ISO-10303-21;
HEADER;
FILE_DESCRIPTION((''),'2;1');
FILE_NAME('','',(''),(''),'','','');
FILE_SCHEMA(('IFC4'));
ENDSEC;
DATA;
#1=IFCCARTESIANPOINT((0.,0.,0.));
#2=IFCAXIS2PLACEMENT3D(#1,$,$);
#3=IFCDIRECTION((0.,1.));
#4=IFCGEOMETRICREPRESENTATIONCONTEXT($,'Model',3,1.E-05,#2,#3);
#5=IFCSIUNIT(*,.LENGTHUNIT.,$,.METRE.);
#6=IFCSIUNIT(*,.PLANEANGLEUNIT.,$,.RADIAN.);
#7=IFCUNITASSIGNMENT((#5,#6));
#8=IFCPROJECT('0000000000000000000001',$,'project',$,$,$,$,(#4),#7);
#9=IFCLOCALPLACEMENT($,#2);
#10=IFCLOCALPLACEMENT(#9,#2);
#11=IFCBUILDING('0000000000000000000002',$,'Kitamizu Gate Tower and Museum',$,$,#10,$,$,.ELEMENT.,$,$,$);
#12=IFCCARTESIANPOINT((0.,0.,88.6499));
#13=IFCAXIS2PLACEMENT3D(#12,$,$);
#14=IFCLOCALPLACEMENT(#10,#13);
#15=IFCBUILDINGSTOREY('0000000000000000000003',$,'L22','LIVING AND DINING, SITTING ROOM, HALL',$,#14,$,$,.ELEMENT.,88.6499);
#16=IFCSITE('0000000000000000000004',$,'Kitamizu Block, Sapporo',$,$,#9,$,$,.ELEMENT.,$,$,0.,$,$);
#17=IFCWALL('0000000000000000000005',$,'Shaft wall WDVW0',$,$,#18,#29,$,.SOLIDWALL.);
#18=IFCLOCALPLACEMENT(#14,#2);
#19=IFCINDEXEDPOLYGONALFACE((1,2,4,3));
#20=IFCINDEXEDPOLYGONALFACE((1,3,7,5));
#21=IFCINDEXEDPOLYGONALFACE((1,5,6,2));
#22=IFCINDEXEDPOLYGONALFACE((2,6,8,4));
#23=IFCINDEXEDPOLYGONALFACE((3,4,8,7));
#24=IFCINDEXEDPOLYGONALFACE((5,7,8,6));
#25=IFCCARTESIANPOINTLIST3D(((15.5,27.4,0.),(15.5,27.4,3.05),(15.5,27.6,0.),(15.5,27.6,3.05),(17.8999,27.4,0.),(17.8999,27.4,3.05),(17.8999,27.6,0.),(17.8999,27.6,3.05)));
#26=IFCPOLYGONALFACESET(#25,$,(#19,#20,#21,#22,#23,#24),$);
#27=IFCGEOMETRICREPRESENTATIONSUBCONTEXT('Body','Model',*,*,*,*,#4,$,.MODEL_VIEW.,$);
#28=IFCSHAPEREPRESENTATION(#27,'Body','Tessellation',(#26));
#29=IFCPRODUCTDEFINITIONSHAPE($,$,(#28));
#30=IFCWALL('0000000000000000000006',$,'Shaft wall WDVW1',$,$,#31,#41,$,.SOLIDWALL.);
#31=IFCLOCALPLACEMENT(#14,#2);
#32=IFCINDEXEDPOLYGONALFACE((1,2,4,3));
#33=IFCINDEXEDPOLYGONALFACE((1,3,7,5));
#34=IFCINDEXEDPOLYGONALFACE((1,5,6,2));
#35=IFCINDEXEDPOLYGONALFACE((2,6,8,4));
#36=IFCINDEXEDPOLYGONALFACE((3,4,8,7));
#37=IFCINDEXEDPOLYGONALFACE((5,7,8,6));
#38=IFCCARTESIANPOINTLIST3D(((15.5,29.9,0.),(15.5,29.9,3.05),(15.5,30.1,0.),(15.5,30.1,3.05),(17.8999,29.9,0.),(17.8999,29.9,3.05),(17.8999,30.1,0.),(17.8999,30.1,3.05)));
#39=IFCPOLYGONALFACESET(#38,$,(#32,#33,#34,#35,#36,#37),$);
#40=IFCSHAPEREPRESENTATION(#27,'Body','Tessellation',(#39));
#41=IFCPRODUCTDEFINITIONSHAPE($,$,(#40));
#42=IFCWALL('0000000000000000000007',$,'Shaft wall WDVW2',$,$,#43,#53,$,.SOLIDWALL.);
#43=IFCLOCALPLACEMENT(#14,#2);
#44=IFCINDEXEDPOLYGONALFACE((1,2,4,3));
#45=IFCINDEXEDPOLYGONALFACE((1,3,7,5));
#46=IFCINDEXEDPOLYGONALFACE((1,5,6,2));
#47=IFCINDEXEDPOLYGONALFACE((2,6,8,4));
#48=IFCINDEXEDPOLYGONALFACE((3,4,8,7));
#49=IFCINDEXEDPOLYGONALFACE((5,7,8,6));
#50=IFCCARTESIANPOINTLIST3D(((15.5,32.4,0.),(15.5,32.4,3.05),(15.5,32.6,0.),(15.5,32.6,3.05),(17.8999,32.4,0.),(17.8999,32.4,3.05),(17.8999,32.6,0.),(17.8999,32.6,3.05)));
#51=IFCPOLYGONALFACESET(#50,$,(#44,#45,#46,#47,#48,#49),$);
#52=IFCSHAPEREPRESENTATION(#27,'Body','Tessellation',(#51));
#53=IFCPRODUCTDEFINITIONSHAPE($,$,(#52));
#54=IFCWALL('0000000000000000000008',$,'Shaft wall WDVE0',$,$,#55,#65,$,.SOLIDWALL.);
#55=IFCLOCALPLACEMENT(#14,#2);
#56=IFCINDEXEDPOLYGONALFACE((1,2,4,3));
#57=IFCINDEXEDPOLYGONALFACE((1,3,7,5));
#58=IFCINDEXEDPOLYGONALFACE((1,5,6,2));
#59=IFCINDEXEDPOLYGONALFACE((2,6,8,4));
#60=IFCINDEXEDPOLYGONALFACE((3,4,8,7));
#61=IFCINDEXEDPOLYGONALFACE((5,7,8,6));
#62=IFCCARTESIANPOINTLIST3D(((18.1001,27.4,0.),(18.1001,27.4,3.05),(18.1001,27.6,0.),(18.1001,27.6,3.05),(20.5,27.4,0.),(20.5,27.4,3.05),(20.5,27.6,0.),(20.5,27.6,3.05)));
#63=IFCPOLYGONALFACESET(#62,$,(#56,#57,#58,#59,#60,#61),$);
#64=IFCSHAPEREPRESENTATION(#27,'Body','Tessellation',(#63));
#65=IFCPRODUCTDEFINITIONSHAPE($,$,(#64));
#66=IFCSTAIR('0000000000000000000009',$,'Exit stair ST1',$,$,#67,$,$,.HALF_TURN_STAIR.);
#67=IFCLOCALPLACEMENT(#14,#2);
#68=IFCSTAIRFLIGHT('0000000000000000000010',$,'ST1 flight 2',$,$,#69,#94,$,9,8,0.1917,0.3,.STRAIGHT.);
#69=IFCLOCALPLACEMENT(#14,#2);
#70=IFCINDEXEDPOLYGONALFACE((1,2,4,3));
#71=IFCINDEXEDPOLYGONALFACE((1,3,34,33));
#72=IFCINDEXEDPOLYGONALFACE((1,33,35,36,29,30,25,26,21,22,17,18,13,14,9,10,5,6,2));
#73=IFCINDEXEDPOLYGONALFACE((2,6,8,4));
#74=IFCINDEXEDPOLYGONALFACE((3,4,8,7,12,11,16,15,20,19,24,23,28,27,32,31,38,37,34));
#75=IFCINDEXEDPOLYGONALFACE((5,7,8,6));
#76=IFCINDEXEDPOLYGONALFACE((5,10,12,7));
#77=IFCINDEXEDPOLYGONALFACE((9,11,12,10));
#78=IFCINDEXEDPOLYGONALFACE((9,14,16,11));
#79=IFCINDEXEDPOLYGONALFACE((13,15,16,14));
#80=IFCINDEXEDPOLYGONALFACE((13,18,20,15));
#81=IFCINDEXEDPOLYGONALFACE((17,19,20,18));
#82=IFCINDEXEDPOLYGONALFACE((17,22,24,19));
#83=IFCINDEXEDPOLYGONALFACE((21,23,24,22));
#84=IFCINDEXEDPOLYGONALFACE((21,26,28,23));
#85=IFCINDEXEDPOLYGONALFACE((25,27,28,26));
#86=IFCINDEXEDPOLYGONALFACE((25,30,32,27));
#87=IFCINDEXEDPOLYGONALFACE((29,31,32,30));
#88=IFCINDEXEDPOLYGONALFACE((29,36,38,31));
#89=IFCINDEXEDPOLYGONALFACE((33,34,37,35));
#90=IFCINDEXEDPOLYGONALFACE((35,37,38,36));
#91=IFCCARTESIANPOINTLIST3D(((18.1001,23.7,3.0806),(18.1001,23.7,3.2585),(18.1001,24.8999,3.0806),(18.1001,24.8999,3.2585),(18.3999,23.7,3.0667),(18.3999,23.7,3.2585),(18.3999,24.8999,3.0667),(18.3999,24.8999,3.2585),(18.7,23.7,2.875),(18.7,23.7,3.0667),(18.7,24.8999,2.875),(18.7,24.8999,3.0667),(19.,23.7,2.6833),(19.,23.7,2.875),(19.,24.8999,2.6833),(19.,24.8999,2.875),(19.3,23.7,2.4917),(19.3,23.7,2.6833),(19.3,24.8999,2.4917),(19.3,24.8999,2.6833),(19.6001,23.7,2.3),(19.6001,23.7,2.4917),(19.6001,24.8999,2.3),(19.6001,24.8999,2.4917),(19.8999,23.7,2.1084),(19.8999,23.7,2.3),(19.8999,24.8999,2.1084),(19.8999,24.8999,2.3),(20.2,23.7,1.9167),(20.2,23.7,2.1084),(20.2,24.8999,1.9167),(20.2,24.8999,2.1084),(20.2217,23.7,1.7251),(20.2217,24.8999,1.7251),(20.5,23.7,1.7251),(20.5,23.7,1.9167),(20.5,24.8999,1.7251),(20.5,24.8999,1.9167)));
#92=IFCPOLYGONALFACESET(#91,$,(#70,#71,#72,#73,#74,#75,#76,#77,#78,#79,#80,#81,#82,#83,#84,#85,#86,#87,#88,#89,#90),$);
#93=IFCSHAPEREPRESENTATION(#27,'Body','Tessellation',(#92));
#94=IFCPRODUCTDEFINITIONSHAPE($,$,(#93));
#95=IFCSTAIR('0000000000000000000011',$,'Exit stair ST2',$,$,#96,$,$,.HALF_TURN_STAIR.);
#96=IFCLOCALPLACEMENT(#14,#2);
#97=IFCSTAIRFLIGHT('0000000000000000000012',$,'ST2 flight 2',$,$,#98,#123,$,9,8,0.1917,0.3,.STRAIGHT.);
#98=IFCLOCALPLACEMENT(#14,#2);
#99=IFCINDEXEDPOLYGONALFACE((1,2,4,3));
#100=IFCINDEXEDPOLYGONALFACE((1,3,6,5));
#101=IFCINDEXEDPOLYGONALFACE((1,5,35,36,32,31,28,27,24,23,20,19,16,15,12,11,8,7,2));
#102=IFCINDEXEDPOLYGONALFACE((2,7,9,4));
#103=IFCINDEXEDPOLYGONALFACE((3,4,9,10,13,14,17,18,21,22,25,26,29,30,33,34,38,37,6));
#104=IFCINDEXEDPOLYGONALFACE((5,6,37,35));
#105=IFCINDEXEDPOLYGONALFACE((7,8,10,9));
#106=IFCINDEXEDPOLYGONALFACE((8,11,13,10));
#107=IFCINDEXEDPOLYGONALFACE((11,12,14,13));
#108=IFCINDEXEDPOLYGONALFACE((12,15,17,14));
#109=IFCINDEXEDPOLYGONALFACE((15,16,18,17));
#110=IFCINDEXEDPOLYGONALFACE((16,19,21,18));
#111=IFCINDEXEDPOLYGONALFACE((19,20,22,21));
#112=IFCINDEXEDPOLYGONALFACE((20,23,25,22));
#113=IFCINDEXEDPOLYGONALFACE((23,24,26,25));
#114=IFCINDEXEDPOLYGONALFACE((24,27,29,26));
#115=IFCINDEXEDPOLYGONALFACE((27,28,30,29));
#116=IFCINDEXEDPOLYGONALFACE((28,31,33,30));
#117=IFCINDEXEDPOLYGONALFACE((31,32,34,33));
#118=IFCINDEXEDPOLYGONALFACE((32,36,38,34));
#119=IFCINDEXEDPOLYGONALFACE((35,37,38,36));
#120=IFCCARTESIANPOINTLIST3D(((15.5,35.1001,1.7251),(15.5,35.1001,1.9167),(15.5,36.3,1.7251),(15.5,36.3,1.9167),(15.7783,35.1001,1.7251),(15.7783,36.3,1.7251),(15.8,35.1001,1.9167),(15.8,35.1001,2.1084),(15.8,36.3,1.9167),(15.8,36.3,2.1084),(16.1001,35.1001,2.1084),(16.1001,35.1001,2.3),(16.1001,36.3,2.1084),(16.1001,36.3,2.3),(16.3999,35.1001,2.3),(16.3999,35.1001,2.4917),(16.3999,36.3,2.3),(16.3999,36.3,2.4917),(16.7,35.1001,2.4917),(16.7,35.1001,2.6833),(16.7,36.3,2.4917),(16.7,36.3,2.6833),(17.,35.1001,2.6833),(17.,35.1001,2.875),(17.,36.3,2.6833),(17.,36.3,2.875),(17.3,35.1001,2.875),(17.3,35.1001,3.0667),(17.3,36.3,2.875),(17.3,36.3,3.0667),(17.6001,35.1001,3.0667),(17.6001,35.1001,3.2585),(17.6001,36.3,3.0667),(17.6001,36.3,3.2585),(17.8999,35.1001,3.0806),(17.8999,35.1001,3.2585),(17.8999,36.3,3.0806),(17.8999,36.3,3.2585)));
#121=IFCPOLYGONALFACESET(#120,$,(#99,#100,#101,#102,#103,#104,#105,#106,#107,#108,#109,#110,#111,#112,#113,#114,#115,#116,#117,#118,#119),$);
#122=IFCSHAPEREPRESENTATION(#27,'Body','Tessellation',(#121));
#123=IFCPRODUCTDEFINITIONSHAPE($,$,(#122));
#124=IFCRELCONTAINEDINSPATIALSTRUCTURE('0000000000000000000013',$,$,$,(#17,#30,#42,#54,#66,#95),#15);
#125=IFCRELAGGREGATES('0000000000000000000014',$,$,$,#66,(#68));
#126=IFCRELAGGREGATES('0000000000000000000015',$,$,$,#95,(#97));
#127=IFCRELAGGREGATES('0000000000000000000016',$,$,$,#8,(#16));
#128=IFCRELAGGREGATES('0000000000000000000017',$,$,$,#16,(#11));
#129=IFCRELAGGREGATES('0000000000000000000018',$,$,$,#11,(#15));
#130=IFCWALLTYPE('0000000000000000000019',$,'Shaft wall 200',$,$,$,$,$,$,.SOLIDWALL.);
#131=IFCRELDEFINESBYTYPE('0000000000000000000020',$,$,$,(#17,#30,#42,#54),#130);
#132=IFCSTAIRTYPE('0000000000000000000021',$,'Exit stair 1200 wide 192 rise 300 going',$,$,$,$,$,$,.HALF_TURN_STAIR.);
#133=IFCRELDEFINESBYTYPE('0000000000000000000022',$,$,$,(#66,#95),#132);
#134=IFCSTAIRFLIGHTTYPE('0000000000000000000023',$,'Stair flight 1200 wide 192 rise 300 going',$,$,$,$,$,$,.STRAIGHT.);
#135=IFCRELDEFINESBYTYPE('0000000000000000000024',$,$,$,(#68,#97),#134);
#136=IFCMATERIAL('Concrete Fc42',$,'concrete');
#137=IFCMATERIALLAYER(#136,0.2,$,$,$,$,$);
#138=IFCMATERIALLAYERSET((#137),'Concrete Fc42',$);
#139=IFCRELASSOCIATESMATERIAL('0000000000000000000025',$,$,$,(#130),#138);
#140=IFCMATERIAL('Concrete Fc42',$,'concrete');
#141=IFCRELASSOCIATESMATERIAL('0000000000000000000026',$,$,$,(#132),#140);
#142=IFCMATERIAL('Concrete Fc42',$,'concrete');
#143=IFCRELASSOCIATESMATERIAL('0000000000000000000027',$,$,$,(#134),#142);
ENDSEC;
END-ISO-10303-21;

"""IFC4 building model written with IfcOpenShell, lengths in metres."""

from ifc_helpers import new_model, si_unit, direction, frame, frame_2d, origin, place, context, subcontext, project, spatial, polyline, rectangle, outline, extrude, material, layer, layer_set, type_object, element, aggregate, save


model = new_model("IFC4")

# Units and contexts
model_context = context("Model", 3, precision=1e-05, world=origin(), true_north=direction((0.0, 1.0)))
body_context = subcontext(model_context, "Body", "Model", "MODEL_VIEW")
ifc_project = project(units=[si_unit("LENGTHUNIT", "METRE"), si_unit("PLANEANGLEUNIT", "RADIAN")], contexts=[model_context])

# Site, building, storey
site_placement = place(None, origin())
site = spatial("IfcSite", under=ifc_project, at=site_placement, Name="Kitamizu Block, Sapporo", CompositionType="ELEMENT", RefElevation=0.0)
building_placement = place(site_placement, origin())
building = spatial("IfcBuilding", under=site, at=building_placement, Name="Kitamizu Gate Tower and Museum", CompositionType="ELEMENT")
storey_placement = place(building_placement, frame((0.0, 0.0, 88.6499)))
storey = spatial("IfcBuildingStorey", under=building, at=storey_placement, Name="L22", Description="LIVING AND DINING, SITTING ROOM, HALL", CompositionType="ELEMENT", Elevation=88.6499)

# Shared definitions
ifc_material_1 = material(Name="Concrete Fc42", Category="concrete")
ifc_layer = layer(ifc_material_1, 0.2)
ifc_layer_set = layer_set([ifc_layer], Name="Concrete Fc42")
wall_type = type_object("IfcWallType", Name="Shaft wall 200", PredefinedType="SOLIDWALL", material=ifc_layer_set)

# Walls
for number, where, z_axis, x_axis, name in (
    (1, (15.5, 27.5, 0.0), (0.0, 0.0, 1.0), (1.0, 0.0, 0.0), "Shaft wall WDVW0"),
    (2, (15.5, 30.0, 0.0), (0.0, 0.0, 1.0), (1.0, 0.0, 0.0), "Shaft wall WDVW1"),
    (3, (15.5, 32.5, 0.0), (0.0, 0.0, 1.0), (1.0, 0.0, 0.0), "Shaft wall WDVW2"),
    (4, (18.1001, 27.5, 0.0), (0.0, 0.0, 1.0), (1.0, 0.0, 0.0), "Shaft wall WDVE0"),
):
    element("IfcWall", number, at=place(storey_placement, frame(where, z_axis=z_axis, x_axis=x_axis)), inside=storey, type_object=wall_type, Name=name, PredefinedType="SOLIDWALL", context=body_context, shape_type="SweptSolid", body=[
        extrude(rectangle(XDim=2.3999, YDim=0.2, at=frame_2d((1.2, 0.0))), origin(), (0.0, 0.0, 1.0), 3.05),
    ])

# Stairs, stair flights
ifc_material_2 = material(Name="Concrete Fc42", Category="concrete")
stair_type = type_object("IfcStairType", Name="Exit stair 1200 wide 192 rise 300 going", PredefinedType="HALF_TURN_STAIR", material=ifc_material_2)
stair_1_placement = place(storey_placement, origin())
stair_1 = element("IfcStair", 5, at=stair_1_placement, inside=storey, type_object=stair_type, Name="Exit stair ST1", PredefinedType="HALF_TURN_STAIR")
ifc_material_3 = material(Name="Concrete Fc42", Category="concrete")
stair_flight_type = type_object("IfcStairFlightType", Name="Stair flight 1200 wide 192 rise 300 going", PredefinedType="STRAIGHT", material=ifc_material_3)
stair_flight_1_placement = place(storey_placement, frame((20.5, 24.3, 1.7251), z_axis=(0.0, 0.0, 1.0), x_axis=(-1.0, 0.0, 0.0)))
stair_flight_1 = element("IfcStairFlight", 6, at=stair_flight_1_placement, type_object=stair_flight_type, Name="ST1 flight 2", NumberOfRisers=9, NumberOfTreads=8, PredefinedType="STRAIGHT", RiserHeight=0.1917, TreadLength=0.3, context=body_context, shape_type="SweptSolid", body=[
    extrude(outline(polyline([(0.0, 0.0), (0.0, 0.1917), (0.3, 0.1917), (0.3, 0.3833), (0.6001, 0.3833), (0.6001, 0.575), (0.8999, 0.575), (0.8999, 0.7666), (1.2, 0.7666), (1.2, 0.9583), (1.5, 0.9583), (1.5, 1.1499), (1.8, 1.1499), (1.8, 1.3416), (2.1001, 1.3416), (2.1001, 1.5334), (2.3999, 1.5334), (2.3999, 1.7251), (2.3999, 1.3555), (0.2783, 0.0), (0.0, 0.0)])), frame((0.0, 0.6001, 0.0), z_axis=(0.0, -1.0, 0.0), x_axis=(1.0, 0.0, 0.0)), (0.0, 0.0, 1.0), 1.2),
])
aggregate(stair_1, [stair_flight_1])
stair_2_placement = place(storey_placement, origin())
stair_2 = element("IfcStair", 7, at=stair_2_placement, inside=storey, type_object=stair_type, Name="Exit stair ST2", PredefinedType="HALF_TURN_STAIR")
stair_flight_2_placement = place(storey_placement, frame((15.5, 35.7, 1.7251), z_axis=(0.0, 0.0, 1.0), x_axis=(1.0, 0.0, 0.0)))
stair_flight_2 = element("IfcStairFlight", 8, at=stair_flight_2_placement, type_object=stair_flight_type, Name="ST2 flight 2", NumberOfRisers=9, NumberOfTreads=8, PredefinedType="STRAIGHT", RiserHeight=0.1917, TreadLength=0.3, context=body_context, shape_type="SweptSolid", body=[
    extrude(outline(polyline([(0.0, 0.0), (0.0, 0.1917), (0.3, 0.1917), (0.3, 0.3833), (0.6001, 0.3833), (0.6001, 0.575), (0.8999, 0.575), (0.8999, 0.7666), (1.2, 0.7666), (1.2, 0.9583), (1.5, 0.9583), (1.5, 1.1499), (1.8, 1.1499), (1.8, 1.3416), (2.1001, 1.3416), (2.1001, 1.5334), (2.3999, 1.5334), (2.3999, 1.7251), (2.3999, 1.3555), (0.2783, 0.0), (0.0, 0.0)])), frame((0.0, 0.6001, 0.0), z_axis=(0.0, -1.0, 0.0), x_axis=(1.0, 0.0, 0.0)), (0.0, 0.0, 1.0), 1.2),
])
aggregate(stair_2, [stair_flight_2])

save(model, "model.ifc")
